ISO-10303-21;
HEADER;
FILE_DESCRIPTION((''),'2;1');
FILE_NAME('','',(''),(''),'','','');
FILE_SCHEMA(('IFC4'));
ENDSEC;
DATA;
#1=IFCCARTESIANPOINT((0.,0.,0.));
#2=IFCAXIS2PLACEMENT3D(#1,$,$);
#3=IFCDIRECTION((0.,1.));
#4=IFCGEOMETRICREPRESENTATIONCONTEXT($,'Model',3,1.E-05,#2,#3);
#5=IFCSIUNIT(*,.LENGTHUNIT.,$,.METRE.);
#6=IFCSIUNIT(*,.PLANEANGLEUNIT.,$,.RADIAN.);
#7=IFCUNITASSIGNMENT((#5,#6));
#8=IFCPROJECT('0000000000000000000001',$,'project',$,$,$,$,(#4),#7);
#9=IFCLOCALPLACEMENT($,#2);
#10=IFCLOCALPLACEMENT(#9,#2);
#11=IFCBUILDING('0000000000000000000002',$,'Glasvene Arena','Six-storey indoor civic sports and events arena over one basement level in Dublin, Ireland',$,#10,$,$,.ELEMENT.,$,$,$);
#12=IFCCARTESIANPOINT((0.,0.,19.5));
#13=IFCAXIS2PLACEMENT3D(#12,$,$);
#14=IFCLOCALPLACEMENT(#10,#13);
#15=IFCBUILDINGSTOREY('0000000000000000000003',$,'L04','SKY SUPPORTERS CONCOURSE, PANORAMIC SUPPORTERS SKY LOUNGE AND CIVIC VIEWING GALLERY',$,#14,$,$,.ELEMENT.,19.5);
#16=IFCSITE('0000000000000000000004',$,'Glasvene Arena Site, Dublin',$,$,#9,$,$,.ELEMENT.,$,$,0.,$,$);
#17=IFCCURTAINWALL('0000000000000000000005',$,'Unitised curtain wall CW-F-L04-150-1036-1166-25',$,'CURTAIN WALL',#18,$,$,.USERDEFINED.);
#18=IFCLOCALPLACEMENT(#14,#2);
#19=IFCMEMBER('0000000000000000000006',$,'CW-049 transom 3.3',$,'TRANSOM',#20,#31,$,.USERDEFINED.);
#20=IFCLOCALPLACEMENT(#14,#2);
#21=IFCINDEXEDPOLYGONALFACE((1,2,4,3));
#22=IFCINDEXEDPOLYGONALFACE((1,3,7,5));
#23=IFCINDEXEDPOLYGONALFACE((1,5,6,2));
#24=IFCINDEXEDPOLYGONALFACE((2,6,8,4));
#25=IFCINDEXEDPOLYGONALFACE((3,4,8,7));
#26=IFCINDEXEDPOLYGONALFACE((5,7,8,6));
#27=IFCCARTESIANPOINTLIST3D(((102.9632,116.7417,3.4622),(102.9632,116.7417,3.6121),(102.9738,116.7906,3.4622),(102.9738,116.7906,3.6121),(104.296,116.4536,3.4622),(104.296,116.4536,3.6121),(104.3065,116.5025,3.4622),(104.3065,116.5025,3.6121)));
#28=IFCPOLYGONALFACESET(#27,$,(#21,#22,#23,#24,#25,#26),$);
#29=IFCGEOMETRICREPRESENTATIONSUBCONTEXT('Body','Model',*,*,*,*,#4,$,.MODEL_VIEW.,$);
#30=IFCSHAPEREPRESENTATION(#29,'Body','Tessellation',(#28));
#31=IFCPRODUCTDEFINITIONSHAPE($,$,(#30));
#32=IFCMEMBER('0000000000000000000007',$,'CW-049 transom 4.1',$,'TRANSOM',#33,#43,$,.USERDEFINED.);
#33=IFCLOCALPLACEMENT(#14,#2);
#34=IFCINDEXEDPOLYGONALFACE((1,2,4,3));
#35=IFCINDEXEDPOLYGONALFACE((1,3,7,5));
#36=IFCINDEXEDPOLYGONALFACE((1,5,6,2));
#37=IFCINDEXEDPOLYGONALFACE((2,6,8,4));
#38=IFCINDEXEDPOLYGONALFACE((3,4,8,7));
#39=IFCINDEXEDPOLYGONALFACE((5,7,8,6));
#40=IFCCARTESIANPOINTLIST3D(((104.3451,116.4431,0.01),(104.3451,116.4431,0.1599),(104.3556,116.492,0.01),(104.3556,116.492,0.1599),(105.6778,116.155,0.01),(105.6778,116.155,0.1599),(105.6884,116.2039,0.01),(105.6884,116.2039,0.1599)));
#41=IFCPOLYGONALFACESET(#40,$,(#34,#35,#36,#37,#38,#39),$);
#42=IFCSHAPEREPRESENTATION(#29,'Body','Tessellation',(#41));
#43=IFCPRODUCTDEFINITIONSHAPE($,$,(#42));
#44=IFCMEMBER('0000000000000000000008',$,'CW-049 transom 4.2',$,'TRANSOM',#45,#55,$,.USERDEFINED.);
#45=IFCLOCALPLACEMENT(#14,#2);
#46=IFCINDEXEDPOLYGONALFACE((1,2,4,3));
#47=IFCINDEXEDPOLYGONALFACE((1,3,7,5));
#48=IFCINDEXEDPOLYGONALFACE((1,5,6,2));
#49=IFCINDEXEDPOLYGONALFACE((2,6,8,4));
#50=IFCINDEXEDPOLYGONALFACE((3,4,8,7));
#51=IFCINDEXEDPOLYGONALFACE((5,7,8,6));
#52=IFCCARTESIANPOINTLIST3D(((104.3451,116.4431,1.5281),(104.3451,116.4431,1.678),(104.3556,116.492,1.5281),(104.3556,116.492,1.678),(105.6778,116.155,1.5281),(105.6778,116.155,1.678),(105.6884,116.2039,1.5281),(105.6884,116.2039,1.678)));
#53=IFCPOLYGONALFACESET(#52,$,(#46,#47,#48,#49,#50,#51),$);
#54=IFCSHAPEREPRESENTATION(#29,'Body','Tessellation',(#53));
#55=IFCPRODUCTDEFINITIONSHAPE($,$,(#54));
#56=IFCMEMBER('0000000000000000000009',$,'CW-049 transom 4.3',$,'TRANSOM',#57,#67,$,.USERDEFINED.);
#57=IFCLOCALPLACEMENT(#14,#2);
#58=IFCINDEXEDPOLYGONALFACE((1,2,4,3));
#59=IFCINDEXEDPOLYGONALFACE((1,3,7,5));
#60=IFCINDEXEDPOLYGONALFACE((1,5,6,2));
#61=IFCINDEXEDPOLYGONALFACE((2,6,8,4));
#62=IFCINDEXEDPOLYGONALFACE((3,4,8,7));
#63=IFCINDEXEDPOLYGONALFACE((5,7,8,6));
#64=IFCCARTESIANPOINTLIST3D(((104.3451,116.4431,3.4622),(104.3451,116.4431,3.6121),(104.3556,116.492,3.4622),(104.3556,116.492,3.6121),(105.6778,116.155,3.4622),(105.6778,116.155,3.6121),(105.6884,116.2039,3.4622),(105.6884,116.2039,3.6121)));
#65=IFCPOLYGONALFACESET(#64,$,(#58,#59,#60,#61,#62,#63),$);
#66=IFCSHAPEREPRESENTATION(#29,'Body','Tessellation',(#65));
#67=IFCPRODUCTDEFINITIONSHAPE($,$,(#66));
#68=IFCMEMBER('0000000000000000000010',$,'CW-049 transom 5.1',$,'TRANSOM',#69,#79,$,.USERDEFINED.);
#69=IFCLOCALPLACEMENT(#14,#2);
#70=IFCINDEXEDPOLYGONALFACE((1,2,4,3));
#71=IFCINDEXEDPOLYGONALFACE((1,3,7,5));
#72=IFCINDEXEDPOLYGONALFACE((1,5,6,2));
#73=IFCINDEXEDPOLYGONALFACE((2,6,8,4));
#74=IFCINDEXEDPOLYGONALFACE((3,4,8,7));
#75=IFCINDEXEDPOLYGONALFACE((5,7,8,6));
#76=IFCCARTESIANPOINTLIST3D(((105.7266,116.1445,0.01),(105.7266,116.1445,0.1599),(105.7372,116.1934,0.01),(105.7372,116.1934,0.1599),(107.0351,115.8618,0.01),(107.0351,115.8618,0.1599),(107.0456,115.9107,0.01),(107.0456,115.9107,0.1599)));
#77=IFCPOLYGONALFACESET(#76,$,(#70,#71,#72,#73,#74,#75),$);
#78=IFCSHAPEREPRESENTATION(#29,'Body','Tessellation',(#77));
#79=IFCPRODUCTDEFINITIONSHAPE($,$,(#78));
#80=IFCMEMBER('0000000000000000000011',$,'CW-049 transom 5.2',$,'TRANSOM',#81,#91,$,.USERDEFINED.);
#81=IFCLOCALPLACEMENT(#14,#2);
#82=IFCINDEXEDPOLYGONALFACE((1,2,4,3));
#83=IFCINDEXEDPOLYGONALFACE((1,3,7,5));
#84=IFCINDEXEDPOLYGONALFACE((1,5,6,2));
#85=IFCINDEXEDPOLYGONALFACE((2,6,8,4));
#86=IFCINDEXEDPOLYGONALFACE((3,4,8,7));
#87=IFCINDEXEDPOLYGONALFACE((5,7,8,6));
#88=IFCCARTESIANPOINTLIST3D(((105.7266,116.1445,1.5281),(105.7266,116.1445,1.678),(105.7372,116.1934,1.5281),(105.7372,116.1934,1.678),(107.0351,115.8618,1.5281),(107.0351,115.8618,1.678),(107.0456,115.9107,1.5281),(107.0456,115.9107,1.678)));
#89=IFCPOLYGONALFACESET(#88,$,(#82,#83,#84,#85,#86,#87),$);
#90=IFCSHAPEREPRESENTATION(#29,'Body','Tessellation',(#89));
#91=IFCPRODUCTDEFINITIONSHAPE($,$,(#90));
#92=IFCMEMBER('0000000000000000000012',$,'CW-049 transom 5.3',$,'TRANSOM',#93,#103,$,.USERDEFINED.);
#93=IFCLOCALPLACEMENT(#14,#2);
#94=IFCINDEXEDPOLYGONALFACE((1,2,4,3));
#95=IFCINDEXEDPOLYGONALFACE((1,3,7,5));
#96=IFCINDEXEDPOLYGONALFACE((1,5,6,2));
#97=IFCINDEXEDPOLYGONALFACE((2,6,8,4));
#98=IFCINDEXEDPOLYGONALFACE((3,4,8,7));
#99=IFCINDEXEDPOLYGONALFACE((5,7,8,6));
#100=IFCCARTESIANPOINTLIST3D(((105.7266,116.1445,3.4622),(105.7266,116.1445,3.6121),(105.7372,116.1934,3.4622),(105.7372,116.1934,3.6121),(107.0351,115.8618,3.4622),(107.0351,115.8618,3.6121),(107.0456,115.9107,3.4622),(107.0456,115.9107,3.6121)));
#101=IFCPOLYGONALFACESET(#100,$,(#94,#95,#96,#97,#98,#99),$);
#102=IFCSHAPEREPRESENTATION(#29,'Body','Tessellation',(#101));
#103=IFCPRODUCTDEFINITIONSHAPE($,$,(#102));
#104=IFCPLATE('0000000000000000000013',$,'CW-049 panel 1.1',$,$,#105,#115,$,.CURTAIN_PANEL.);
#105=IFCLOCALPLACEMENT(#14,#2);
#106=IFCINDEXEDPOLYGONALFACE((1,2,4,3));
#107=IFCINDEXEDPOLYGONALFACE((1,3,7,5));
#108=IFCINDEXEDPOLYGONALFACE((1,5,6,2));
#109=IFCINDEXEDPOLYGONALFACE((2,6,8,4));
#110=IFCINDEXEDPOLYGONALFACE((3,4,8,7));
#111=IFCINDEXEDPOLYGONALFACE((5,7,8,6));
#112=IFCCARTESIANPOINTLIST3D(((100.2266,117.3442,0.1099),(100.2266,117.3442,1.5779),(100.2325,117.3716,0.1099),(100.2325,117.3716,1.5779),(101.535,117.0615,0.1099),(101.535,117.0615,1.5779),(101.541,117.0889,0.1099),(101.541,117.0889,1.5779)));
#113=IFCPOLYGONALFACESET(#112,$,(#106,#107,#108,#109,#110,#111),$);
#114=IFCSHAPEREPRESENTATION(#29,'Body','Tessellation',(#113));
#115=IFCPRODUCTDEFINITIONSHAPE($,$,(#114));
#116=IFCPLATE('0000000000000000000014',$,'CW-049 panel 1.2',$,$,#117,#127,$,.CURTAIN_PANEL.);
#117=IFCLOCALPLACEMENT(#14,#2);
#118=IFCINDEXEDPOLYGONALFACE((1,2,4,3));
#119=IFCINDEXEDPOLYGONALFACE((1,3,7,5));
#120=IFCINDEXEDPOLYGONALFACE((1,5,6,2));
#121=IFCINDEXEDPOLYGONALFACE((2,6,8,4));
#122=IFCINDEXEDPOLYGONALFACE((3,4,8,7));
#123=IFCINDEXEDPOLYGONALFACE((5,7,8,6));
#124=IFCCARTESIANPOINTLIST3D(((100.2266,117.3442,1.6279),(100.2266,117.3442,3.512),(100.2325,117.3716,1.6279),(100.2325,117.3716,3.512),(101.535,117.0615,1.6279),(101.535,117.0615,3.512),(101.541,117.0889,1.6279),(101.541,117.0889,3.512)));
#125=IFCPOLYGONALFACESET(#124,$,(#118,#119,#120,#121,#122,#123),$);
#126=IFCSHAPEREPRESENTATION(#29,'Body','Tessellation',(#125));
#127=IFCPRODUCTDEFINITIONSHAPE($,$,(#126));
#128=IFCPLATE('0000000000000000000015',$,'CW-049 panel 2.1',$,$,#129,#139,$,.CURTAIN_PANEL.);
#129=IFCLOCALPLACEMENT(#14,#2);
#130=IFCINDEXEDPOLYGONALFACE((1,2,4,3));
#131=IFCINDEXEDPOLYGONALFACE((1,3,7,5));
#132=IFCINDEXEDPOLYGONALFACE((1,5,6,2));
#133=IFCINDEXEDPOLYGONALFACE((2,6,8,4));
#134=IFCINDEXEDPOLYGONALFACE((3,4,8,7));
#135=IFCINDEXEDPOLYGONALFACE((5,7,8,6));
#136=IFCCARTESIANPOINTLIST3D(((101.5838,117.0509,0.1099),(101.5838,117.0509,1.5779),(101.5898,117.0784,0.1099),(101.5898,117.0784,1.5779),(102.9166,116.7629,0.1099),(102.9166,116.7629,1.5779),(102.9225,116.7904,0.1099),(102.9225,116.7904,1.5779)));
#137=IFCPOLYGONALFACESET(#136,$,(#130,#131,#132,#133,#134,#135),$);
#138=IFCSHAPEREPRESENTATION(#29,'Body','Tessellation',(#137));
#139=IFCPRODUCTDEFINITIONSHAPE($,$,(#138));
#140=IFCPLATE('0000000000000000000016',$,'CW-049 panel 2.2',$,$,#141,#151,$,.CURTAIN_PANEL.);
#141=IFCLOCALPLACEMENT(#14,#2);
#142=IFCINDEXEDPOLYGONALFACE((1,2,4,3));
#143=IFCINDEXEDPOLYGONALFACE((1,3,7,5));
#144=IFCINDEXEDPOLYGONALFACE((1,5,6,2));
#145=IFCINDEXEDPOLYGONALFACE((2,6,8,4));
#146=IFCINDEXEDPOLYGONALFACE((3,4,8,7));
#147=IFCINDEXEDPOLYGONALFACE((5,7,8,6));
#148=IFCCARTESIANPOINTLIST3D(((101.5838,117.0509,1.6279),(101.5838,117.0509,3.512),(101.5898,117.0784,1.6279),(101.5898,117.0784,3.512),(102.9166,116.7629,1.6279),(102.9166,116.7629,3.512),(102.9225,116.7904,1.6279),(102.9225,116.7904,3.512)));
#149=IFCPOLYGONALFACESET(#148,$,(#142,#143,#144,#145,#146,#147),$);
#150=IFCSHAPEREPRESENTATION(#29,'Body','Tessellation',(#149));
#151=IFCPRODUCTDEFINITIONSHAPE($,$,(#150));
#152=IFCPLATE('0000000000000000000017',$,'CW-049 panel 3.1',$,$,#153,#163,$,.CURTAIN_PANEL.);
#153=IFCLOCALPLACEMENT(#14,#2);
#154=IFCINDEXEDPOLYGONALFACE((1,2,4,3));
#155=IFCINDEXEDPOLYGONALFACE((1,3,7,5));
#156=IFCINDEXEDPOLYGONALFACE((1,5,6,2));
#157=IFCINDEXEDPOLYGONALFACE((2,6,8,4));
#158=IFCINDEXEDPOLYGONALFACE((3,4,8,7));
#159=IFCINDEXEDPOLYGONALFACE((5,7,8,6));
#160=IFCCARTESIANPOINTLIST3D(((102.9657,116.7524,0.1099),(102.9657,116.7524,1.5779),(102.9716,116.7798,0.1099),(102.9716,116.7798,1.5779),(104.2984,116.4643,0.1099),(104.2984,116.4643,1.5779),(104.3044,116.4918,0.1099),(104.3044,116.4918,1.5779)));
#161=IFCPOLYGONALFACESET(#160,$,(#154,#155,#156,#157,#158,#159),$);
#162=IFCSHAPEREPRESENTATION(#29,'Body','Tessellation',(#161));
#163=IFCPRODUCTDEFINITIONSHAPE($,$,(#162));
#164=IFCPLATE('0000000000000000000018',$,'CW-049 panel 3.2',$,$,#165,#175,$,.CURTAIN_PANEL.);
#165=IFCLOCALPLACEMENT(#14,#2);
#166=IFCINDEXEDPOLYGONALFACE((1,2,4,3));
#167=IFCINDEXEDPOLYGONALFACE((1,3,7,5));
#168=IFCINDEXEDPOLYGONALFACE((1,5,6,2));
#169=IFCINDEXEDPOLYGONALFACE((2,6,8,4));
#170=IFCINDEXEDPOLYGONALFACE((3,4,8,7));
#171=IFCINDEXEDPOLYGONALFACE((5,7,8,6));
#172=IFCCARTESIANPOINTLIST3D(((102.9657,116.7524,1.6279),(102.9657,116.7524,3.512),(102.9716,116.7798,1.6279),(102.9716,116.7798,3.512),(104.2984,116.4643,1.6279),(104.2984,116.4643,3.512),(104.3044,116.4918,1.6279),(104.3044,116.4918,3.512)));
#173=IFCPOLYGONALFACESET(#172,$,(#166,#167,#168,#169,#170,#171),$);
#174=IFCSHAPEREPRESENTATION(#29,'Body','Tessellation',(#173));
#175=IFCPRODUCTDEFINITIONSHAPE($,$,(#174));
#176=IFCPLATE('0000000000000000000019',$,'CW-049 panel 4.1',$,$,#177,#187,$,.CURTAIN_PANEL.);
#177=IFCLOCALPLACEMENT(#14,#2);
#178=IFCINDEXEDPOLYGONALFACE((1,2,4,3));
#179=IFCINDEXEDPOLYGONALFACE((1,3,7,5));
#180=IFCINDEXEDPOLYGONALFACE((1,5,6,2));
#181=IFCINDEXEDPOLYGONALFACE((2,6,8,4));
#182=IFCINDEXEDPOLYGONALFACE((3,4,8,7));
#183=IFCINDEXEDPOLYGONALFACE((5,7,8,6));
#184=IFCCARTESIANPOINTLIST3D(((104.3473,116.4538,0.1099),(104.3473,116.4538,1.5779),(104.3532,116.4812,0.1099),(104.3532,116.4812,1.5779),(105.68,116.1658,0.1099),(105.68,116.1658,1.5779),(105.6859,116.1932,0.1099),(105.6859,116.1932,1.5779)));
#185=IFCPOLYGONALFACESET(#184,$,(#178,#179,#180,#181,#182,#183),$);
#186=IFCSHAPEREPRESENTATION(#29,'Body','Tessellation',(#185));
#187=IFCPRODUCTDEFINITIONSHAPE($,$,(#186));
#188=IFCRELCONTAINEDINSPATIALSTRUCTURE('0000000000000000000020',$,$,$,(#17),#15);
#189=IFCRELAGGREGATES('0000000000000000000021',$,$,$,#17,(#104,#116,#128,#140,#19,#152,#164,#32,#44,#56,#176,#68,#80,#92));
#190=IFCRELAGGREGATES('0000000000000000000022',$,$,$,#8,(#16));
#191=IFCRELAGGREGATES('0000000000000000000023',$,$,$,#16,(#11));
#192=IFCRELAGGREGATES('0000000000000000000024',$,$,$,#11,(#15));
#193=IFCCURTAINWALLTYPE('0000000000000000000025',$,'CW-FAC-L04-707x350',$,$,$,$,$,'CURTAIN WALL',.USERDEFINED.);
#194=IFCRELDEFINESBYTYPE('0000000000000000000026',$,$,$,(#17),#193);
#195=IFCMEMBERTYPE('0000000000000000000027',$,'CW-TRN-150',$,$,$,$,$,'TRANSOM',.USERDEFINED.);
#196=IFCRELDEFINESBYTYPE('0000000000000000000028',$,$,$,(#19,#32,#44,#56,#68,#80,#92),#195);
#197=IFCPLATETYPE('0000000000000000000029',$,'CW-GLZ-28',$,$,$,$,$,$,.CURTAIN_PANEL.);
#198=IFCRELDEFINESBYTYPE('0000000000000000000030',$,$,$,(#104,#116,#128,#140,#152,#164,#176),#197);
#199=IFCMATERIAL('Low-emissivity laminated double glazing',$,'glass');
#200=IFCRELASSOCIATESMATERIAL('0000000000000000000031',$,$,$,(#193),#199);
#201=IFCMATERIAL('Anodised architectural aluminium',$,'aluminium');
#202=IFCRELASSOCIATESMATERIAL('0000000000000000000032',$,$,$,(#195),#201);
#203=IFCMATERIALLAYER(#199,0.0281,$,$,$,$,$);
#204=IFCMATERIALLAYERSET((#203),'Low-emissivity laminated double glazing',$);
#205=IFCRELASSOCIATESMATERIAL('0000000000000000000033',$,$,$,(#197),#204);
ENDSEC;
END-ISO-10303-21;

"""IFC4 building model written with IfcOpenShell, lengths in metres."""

from ifc_helpers import new_model, si_unit, direction, frame, origin, origin_2d, place, context, subcontext, project, spatial, rectangle, extrude, material, layer, layer_set, material_profile, profile_set, type_object, element, aggregate, save


model = new_model("IFC4")

# Units and contexts
model_context = context("Model", 3, precision=1e-05, world=origin(), true_north=direction((0.0, 1.0)))
body_context = subcontext(model_context, "Body", "Model", "MODEL_VIEW")
ifc_project = project(units=[si_unit("LENGTHUNIT", "METRE"), si_unit("PLANEANGLEUNIT", "RADIAN")], contexts=[model_context])

# Site, building, storey
site_placement = place(None, origin())
site = spatial("IfcSite", under=ifc_project, at=site_placement, Name="Glasvene Arena Site, Dublin", CompositionType="ELEMENT", RefElevation=0.0)
building_placement = place(site_placement, origin())
building = spatial("IfcBuilding", under=site, at=building_placement, Name="Glasvene Arena", Description="Six-storey indoor civic sports and events arena over one basement level in Dublin, Ireland", CompositionType="ELEMENT")
storey_placement = place(building_placement, frame((0.0, 0.0, 19.5)))
storey = spatial("IfcBuildingStorey", under=building, at=storey_placement, Name="L04", Description="SKY SUPPORTERS CONCOURSE, PANORAMIC SUPPORTERS SKY LOUNGE AND CIVIC VIEWING GALLERY", CompositionType="ELEMENT", Elevation=19.5)

# Curtain wall, members, plates
ifc_material_1 = material(Name="Low-emissivity laminated double glazing", Category="glass")
curtain_wall_type = type_object("IfcCurtainWallType", Name="CW-FAC-L04-707x350", ElementType="CURTAIN WALL", PredefinedType="USERDEFINED", material=ifc_material_1)
curtain_wall_placement = place(storey_placement, frame((100.1807, 117.3684, 0.0)))
curtain_wall = element("IfcCurtainWall", 1, at=curtain_wall_placement, inside=storey, type_object=curtain_wall_type, Name="Unitised curtain wall CW-F-L04-150-1036-1166-25", ObjectType="CURTAIN WALL", PredefinedType="USERDEFINED")
ifc_material_2 = material(Name="Anodised architectural aluminium", Category="aluminium")
ifc_material_profile_1 = material_profile(ifc_material_2, rectangle(XDim=0.05, YDim=0.1499, at=origin_2d()), Name="ALU TRANSOM 50x150")
ifc_profile_set_1 = profile_set([ifc_material_profile_1], Name="Anodised architectural aluminium")
member_type_1 = type_object("IfcMemberType", Name="CW-TRN-150", ElementType="TRANSOM", PredefinedType="USERDEFINED", material=ifc_profile_set_1)
member_1_placement = place(storey_placement, frame((102.9685, 116.7661, 3.5371), z_axis=(0.977426, -0.211277, 0.0), x_axis=(0.211277, 0.977426, 0.0)))
member_1 = element("IfcMember", 2, at=member_1_placement, type_object=member_type_1, Name="CW-049 transom 3.3", ObjectType="TRANSOM", PredefinedType="USERDEFINED", context=body_context, shape_type="SweptSolid", body=[
    extrude(rectangle(XDim=0.05, YDim=0.1499, at=origin_2d()), origin(), (0.0, 0.0, 1.0), 1.3635),
])
member_2_placement = place(storey_placement, frame((104.3503, 116.4675, 0.085), z_axis=(0.977426, -0.211277, 0.0), x_axis=(0.211277, 0.977426, 0.0)))
member_2 = element("IfcMember", 3, at=member_2_placement, type_object=member_type_1, Name="CW-049 transom 4.1", ObjectType="TRANSOM", PredefinedType="USERDEFINED", context=body_context, shape_type="SweptSolid", body=[
    extrude(rectangle(XDim=0.05, YDim=0.1499, at=origin_2d()), origin(), (0.0, 0.0, 1.0), 1.3635),
])
member_3_placement = place(storey_placement, frame((104.3503, 116.4675, 1.603), z_axis=(0.977426, -0.211277, 0.0), x_axis=(0.211277, 0.977426, 0.0)))
member_3 = element("IfcMember", 4, at=member_3_placement, type_object=member_type_1, Name="CW-049 transom 4.2", ObjectType="TRANSOM", PredefinedType="USERDEFINED", context=body_context, shape_type="SweptSolid", body=[
    extrude(rectangle(XDim=0.05, YDim=0.1499, at=origin_2d()), origin(), (0.0, 0.0, 1.0), 1.3635),
])
member_4_placement = place(storey_placement, frame((104.3503, 116.4675, 3.5371), z_axis=(0.977426, -0.211277, 0.0), x_axis=(0.211277, 0.977426, 0.0)))
member_4 = element("IfcMember", 5, at=member_4_placement, type_object=member_type_1, Name="CW-049 transom 4.3", ObjectType="TRANSOM", PredefinedType="USERDEFINED", context=body_context, shape_type="SweptSolid", body=[
    extrude(rectangle(XDim=0.05, YDim=0.1499, at=origin_2d()), origin(), (0.0, 0.0, 1.0), 1.3635),
])
member_5_placement = place(storey_placement, frame((105.7319, 116.1689, 0.085), z_axis=(0.977441, -0.21121, 0.0), x_axis=(0.21121, 0.977441, 0.0)))
member_5 = element("IfcMember", 6, at=member_5_placement, type_object=member_type_1, Name="CW-049 transom 5.1", ObjectType="TRANSOM", PredefinedType="USERDEFINED", context=body_context, shape_type="SweptSolid", body=[
    extrude(rectangle(XDim=0.05, YDim=0.1499, at=origin_2d()), origin(), (0.0, 0.0, 1.0), 1.3386),
])
member_6_placement = place(storey_placement, frame((105.7319, 116.1689, 1.603), z_axis=(0.977441, -0.21121, 0.0), x_axis=(0.21121, 0.977441, 0.0)))
member_6 = element("IfcMember", 7, at=member_6_placement, type_object=member_type_1, Name="CW-049 transom 5.2", ObjectType="TRANSOM", PredefinedType="USERDEFINED", context=body_context, shape_type="SweptSolid", body=[
    extrude(rectangle(XDim=0.05, YDim=0.1499, at=origin_2d()), origin(), (0.0, 0.0, 1.0), 1.3386),
])
member_7_placement = place(storey_placement, frame((105.7319, 116.1689, 3.5371), z_axis=(0.977441, -0.21121, 0.0), x_axis=(0.21121, 0.977441, 0.0)))
member_7 = element("IfcMember", 8, at=member_7_placement, type_object=member_type_1, Name="CW-049 transom 5.3", ObjectType="TRANSOM", PredefinedType="USERDEFINED", context=body_context, shape_type="SweptSolid", body=[
    extrude(rectangle(XDim=0.05, YDim=0.1499, at=origin_2d()), origin(), (0.0, 0.0, 1.0), 1.3386),
])
ifc_layer_1 = layer(ifc_material_1, 0.0281)
ifc_layer_set_1 = layer_set([ifc_layer_1], Name="Low-emissivity laminated double glazing")
plate_type = type_object("IfcPlateType", Name="CW-GLZ-28", PredefinedType="CURTAIN_PANEL", material=ifc_layer_set_1)
plate_1_placement = place(storey_placement, frame((100.8838, 117.2166, 0.1099), z_axis=(0.0, 0.0, 1.0), x_axis=(0.977438, -0.211221, 0.0)))
plate_1 = element("IfcPlate", 9, at=plate_1_placement, type_object=plate_type, Name="CW-049 panel 1.1", PredefinedType="CURTAIN_PANEL", context=body_context, shape_type="SweptSolid", body=[
    extrude(rectangle(XDim=1.3386, YDim=0.0281, at=origin_2d()), origin(), (0.0, 0.0, 1.0), 1.468),
])
plate_2_placement = place(storey_placement, frame((100.8838, 117.2166, 1.6279), z_axis=(0.0, 0.0, 1.0), x_axis=(0.977438, -0.211221, 0.0)))
plate_2 = element("IfcPlate", 10, at=plate_2_placement, type_object=plate_type, Name="CW-049 panel 1.2", PredefinedType="CURTAIN_PANEL", context=body_context, shape_type="SweptSolid", body=[
    extrude(rectangle(XDim=1.3386, YDim=0.0281, at=origin_2d()), origin(), (0.0, 0.0, 1.0), 1.884),
])
plate_3_placement = place(storey_placement, frame((102.2532, 116.9207, 0.1099), z_axis=(0.0, 0.0, 1.0), x_axis=(0.977438, -0.211221, 0.0)))
plate_3 = element("IfcPlate", 11, at=plate_3_placement, type_object=plate_type, Name="CW-049 panel 2.1", PredefinedType="CURTAIN_PANEL", context=body_context, shape_type="SweptSolid", body=[
    extrude(rectangle(XDim=1.3635, YDim=0.0281, at=origin_2d()), origin(), (0.0, 0.0, 1.0), 1.468),
])
plate_4_placement = place(storey_placement, frame((102.2532, 116.9207, 1.6279), z_axis=(0.0, 0.0, 1.0), x_axis=(0.977438, -0.211221, 0.0)))
plate_4 = element("IfcPlate", 12, at=plate_4_placement, type_object=plate_type, Name="CW-049 panel 2.2", PredefinedType="CURTAIN_PANEL", context=body_context, shape_type="SweptSolid", body=[
    extrude(rectangle(XDim=1.3635, YDim=0.0281, at=origin_2d()), origin(), (0.0, 0.0, 1.0), 1.884),
])
plate_5_placement = place(storey_placement, frame((103.635, 116.6221, 0.1099), z_axis=(0.0, 0.0, 1.0), x_axis=(0.977438, -0.211221, 0.0)))
plate_5 = element("IfcPlate", 13, at=plate_5_placement, type_object=plate_type, Name="CW-049 panel 3.1", PredefinedType="CURTAIN_PANEL", context=body_context, shape_type="SweptSolid", body=[
    extrude(rectangle(XDim=1.3635, YDim=0.0281, at=origin_2d()), origin(), (0.0, 0.0, 1.0), 1.468),
])
plate_6_placement = place(storey_placement, frame((103.635, 116.6221, 1.6279), z_axis=(0.0, 0.0, 1.0), x_axis=(0.977438, -0.211221, 0.0)))
plate_6 = element("IfcPlate", 14, at=plate_6_placement, type_object=plate_type, Name="CW-049 panel 3.2", PredefinedType="CURTAIN_PANEL", context=body_context, shape_type="SweptSolid", body=[
    extrude(rectangle(XDim=1.3635, YDim=0.0281, at=origin_2d()), origin(), (0.0, 0.0, 1.0), 1.884),
])
plate_7_placement = place(storey_placement, frame((105.0166, 116.3235, 0.1099), z_axis=(0.0, 0.0, 1.0), x_axis=(0.977438, -0.211221, 0.0)))
plate_7 = element("IfcPlate", 15, at=plate_7_placement, type_object=plate_type, Name="CW-049 panel 4.1", PredefinedType="CURTAIN_PANEL", context=body_context, shape_type="SweptSolid", body=[
    extrude(rectangle(XDim=1.3635, YDim=0.0281, at=origin_2d()), origin(), (0.0, 0.0, 1.0), 1.468),
])
aggregate(curtain_wall, [plate_1, plate_2, plate_3, plate_4, member_1, plate_5, plate_6, member_2, member_3, member_4, plate_7, member_5, member_6, member_7])

save(model, "model.ifc")
